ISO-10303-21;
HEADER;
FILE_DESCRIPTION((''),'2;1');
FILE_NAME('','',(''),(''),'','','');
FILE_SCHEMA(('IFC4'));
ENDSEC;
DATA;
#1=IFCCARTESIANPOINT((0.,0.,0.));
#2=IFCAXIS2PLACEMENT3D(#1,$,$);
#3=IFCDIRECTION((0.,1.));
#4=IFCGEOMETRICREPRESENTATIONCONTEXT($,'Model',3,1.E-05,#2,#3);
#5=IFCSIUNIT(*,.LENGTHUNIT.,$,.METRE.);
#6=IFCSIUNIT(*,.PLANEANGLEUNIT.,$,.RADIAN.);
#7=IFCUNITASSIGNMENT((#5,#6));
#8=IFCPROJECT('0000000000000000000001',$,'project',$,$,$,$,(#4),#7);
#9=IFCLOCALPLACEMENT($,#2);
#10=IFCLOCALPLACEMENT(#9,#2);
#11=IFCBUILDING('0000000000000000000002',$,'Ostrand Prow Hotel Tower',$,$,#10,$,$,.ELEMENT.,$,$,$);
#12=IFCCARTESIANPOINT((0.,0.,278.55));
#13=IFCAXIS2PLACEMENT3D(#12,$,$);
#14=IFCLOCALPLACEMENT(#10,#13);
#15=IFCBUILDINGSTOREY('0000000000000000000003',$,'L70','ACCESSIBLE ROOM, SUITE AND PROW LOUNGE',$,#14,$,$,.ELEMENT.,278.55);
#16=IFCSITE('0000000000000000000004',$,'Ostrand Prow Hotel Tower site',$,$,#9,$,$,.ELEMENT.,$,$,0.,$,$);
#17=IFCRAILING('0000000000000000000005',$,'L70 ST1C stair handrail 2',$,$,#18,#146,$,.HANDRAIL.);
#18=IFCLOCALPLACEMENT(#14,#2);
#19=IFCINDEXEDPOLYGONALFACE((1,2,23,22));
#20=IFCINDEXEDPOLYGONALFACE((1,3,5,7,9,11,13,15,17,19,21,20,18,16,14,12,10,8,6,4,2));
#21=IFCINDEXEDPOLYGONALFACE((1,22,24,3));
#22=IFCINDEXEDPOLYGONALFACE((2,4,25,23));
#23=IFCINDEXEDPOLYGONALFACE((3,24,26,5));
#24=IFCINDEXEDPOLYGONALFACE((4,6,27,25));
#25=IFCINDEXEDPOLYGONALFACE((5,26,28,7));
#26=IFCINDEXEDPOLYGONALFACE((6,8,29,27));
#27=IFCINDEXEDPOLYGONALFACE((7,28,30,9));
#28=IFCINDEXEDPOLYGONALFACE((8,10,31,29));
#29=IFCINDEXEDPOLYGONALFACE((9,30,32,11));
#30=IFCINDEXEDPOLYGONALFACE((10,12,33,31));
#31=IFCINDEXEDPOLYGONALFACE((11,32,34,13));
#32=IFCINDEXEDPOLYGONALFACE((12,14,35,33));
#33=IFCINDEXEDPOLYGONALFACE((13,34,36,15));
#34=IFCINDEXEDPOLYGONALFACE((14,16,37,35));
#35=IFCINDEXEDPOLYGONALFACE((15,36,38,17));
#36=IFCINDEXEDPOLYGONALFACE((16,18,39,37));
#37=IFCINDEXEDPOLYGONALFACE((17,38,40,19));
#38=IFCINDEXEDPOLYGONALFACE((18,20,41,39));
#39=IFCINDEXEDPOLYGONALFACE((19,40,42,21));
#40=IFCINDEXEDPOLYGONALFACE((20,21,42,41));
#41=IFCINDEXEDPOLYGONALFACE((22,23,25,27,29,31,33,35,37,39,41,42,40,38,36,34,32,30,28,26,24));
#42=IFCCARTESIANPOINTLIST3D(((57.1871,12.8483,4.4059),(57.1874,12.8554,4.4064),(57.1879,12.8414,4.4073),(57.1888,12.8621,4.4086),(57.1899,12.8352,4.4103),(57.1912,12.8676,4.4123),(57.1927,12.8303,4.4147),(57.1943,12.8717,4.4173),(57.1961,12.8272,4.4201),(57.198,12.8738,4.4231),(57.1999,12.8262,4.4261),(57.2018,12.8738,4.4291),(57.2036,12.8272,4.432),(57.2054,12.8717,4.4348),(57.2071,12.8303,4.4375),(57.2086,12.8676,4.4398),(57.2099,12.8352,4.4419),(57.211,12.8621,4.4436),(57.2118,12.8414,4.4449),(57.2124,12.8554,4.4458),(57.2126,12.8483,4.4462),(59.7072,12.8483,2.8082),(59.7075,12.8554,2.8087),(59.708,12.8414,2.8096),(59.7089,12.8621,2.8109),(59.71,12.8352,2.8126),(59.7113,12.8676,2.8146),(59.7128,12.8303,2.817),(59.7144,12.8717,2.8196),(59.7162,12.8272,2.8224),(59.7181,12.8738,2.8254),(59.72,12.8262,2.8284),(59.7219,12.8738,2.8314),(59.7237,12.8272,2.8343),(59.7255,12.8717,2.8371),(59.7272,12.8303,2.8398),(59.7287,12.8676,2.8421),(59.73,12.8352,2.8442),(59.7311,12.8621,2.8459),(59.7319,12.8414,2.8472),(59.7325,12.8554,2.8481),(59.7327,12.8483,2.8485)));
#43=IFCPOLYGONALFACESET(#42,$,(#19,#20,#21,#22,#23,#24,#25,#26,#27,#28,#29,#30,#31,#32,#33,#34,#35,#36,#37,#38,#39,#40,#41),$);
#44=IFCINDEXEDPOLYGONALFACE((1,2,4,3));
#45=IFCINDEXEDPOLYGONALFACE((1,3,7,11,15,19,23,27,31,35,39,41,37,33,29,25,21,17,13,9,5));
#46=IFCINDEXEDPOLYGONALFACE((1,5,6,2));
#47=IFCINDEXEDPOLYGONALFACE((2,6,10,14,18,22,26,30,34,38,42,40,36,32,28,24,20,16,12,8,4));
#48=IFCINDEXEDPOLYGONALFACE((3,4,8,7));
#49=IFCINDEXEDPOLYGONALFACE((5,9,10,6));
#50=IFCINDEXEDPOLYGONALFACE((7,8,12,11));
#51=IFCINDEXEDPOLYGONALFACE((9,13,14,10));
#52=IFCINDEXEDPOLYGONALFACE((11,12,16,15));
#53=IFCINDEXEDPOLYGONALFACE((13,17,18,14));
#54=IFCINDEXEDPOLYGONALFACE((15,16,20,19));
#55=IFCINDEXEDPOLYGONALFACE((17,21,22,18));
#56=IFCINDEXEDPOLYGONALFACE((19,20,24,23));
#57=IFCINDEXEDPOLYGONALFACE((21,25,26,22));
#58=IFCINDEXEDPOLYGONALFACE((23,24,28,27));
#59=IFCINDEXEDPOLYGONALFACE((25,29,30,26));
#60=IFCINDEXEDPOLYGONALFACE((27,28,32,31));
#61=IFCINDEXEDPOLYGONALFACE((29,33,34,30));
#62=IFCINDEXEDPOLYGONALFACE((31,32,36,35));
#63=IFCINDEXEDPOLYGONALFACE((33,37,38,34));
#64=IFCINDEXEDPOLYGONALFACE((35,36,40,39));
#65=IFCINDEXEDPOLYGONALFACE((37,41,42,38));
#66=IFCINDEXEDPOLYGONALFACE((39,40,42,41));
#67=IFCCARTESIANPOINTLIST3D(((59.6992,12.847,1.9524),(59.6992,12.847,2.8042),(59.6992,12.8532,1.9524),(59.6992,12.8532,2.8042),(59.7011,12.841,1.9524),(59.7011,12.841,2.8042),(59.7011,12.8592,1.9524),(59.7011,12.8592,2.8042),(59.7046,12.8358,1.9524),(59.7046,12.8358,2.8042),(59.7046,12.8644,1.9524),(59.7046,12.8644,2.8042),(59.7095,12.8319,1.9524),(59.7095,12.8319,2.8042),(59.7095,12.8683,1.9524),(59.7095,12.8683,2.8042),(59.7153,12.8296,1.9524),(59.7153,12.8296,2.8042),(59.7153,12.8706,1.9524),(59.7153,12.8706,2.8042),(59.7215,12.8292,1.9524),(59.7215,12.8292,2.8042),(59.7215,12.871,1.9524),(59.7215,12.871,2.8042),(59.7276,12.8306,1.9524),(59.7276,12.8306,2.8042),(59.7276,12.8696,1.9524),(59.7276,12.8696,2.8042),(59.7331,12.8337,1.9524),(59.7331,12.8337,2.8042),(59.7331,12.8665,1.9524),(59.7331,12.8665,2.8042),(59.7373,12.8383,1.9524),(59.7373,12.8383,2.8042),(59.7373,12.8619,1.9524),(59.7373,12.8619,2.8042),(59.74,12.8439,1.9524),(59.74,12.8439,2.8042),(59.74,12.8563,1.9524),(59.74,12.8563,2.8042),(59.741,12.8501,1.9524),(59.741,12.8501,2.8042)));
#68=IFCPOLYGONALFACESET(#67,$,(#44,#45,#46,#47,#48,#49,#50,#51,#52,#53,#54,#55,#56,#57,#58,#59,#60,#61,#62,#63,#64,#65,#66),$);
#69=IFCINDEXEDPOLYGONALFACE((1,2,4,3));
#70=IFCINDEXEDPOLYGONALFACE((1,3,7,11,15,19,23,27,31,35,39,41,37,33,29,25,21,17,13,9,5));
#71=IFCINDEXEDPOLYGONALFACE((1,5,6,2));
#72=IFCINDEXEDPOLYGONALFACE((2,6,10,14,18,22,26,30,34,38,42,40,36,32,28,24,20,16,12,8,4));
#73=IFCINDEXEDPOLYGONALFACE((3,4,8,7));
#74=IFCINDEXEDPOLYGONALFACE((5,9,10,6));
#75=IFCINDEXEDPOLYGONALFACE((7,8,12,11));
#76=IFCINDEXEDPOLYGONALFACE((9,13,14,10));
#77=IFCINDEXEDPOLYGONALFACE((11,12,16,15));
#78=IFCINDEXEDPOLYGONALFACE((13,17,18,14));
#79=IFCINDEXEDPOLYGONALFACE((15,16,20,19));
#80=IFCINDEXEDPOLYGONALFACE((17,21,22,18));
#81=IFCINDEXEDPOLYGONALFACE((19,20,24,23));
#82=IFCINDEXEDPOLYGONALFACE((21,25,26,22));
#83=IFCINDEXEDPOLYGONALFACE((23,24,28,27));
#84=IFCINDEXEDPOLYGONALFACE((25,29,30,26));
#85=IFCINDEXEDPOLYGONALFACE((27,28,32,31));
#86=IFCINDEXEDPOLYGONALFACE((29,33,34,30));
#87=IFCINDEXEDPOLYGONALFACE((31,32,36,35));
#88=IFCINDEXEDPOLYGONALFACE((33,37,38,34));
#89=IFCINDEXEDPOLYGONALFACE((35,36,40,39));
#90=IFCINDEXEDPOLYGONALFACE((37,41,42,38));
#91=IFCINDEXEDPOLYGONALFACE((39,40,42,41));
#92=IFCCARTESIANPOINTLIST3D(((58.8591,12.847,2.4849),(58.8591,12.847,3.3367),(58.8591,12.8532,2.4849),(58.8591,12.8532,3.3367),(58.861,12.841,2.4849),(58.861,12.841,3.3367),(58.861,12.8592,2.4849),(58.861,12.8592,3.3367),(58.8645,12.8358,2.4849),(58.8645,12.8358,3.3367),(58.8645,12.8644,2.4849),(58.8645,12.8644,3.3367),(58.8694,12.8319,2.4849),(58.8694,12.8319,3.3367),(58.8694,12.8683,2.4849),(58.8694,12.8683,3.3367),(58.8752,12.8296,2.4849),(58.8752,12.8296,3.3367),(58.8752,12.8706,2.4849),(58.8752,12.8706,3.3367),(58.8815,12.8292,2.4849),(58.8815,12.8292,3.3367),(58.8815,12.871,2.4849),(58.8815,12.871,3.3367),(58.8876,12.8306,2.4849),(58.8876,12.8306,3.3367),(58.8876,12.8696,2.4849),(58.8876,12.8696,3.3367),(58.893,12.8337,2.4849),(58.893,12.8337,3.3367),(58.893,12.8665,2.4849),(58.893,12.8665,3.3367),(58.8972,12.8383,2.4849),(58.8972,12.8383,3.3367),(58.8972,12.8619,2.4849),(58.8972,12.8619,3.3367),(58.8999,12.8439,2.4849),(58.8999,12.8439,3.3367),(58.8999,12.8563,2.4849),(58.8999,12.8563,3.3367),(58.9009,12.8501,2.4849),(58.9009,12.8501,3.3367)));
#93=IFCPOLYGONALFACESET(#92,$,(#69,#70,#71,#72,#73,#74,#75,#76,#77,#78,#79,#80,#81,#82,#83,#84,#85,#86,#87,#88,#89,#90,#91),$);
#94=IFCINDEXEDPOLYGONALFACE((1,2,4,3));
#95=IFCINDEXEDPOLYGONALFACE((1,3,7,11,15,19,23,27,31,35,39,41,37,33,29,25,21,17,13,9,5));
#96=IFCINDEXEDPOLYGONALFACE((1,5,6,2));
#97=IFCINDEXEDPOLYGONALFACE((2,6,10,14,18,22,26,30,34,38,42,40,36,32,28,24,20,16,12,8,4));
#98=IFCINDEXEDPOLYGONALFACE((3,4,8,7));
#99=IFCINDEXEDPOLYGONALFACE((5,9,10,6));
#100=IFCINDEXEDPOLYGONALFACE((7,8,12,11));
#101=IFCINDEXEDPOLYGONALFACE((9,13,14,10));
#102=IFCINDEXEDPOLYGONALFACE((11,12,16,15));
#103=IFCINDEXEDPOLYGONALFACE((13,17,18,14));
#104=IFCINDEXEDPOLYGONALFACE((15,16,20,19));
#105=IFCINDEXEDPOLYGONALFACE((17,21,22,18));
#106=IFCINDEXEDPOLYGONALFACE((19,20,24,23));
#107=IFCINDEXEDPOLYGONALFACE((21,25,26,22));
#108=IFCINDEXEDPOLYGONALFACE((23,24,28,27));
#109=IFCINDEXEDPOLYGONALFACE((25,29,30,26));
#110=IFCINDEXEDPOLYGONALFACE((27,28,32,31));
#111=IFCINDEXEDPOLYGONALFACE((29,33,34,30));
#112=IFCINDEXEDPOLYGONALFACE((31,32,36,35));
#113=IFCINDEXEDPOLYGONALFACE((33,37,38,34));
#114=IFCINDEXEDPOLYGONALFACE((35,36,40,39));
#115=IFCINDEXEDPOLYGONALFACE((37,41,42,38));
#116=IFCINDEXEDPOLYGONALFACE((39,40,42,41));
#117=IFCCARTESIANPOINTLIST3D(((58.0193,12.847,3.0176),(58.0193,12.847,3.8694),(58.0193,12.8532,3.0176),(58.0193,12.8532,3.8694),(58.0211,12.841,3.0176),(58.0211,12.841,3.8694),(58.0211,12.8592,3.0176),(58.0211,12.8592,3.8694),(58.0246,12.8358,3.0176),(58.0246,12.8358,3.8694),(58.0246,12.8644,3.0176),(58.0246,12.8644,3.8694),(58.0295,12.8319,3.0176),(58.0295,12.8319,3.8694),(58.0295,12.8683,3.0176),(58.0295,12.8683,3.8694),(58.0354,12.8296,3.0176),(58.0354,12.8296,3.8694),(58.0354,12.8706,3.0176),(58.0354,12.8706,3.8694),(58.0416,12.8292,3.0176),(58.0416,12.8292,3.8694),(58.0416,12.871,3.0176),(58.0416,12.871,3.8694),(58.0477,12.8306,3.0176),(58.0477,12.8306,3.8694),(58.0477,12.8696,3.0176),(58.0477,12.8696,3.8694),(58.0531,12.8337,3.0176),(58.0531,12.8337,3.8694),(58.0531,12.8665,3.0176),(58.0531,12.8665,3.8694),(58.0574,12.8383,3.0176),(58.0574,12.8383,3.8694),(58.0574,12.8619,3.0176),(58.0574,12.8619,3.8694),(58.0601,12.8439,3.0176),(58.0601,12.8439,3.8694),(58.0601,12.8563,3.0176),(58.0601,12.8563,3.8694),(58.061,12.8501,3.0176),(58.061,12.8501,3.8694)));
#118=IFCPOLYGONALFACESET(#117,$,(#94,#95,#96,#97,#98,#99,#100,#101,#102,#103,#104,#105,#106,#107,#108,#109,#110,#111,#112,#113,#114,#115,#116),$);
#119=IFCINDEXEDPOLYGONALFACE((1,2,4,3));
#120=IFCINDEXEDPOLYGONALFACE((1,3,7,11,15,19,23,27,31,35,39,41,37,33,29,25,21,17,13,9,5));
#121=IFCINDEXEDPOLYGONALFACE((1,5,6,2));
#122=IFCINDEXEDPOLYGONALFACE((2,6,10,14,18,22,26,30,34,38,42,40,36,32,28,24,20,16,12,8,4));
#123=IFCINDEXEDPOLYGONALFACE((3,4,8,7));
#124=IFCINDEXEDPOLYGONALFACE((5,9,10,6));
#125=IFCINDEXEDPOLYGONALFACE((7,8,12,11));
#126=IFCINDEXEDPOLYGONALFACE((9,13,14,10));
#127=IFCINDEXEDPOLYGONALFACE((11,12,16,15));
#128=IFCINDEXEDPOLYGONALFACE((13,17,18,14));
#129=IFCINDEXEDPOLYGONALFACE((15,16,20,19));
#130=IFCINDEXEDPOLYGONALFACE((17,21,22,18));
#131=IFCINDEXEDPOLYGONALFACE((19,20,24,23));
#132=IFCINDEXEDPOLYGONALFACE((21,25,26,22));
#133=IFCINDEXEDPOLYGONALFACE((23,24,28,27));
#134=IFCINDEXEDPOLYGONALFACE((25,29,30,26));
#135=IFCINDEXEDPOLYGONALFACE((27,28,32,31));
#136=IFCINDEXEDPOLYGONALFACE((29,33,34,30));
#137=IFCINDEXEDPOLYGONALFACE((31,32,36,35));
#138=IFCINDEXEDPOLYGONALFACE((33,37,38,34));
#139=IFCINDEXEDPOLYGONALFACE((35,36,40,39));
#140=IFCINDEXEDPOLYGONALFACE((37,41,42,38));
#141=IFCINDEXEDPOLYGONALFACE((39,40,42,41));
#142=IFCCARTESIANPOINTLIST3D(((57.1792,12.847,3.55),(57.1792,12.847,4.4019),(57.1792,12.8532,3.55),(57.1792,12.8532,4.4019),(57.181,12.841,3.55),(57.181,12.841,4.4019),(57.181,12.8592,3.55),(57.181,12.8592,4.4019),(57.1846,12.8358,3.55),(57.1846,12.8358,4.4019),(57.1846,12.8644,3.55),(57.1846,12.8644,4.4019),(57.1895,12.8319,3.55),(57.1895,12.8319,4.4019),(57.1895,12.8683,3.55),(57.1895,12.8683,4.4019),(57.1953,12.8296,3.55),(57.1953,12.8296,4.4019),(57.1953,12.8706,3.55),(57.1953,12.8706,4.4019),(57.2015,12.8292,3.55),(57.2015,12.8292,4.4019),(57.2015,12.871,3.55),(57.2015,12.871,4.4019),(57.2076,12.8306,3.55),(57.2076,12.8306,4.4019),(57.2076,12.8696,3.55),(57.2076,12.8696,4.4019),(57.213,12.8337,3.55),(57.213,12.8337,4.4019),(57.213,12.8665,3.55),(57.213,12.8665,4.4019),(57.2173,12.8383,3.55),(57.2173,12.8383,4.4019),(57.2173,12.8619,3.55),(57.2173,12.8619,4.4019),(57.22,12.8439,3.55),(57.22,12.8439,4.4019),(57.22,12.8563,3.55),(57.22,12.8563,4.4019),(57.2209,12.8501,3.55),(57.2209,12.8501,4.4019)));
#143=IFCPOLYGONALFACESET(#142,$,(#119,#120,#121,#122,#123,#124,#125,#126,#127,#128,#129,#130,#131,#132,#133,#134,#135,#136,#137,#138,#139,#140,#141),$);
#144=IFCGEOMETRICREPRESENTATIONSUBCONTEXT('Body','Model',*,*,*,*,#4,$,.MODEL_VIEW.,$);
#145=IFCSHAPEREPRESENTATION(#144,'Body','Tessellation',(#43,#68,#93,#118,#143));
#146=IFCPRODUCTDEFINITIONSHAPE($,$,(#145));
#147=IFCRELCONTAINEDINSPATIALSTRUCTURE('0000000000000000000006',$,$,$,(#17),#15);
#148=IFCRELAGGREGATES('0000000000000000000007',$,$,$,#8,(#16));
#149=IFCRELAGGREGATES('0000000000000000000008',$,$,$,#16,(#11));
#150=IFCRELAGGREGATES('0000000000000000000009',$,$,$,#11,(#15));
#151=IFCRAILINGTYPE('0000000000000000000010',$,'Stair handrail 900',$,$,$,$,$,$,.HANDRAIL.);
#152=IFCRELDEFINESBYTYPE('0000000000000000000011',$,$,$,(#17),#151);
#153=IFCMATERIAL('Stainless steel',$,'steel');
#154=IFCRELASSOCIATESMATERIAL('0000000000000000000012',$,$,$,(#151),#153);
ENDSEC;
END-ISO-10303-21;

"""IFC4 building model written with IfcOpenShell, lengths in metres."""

from ifc_helpers import new_model, si_unit, direction, frame, origin, origin_2d, place, context, subcontext, project, spatial, circle, extrude, material, type_object, element, save


model = new_model("IFC4")

# Units and contexts
model_context = context("Model", 3, precision=1e-05, world=origin(), true_north=direction((0.0, 1.0)))
body_context = subcontext(model_context, "Body", "Model", "MODEL_VIEW")
ifc_project = project(units=[si_unit("LENGTHUNIT", "METRE"), si_unit("PLANEANGLEUNIT", "RADIAN")], contexts=[model_context])

# Site, building, storey
site_placement = place(None, origin())
site = spatial("IfcSite", under=ifc_project, at=site_placement, Name="Ostrand Prow Hotel Tower site", CompositionType="ELEMENT", RefElevation=0.0)
building_placement = place(site_placement, origin())
building = spatial("IfcBuilding", under=site, at=building_placement, Name="Ostrand Prow Hotel Tower", CompositionType="ELEMENT")
storey_placement = place(building_placement, frame((0.0, 0.0, 278.55)))
storey = spatial("IfcBuildingStorey", under=building, at=storey_placement, Name="L70", Description="ACCESSIBLE ROOM, SUITE AND PROW LOUNGE", CompositionType="ELEMENT", Elevation=278.55)

# Railing
ifc_material_1 = material(Name="Stainless steel", Category="steel")
railing_type_1 = type_object("IfcRailingType", Name="Stair handrail 900", PredefinedType="HANDRAIL", material=ifc_material_1)
railing_1_placement = place(storey_placement, frame((59.72, 12.8501, 1.9524)))
element("IfcRailing", 1, at=railing_1_placement, inside=storey, type_object=railing_type_1, Name="L70 ST1C stair handrail 2", PredefinedType="HANDRAIL", context=body_context, shape_type="SweptSolid", body=[
    extrude(circle(Radius=0.0239, at=origin_2d()), frame((0.0, 0.0, 0.876), z_axis=(-0.84457, 0.0, 0.535445), x_axis=(0.0, -1.0, 0.0)), (0.0, 0.0, 1.0), 2.9839),
    extrude(circle(Radius=0.021, at=origin_2d()), origin(), (0.0, 0.0, 1.0), 0.8518),
    extrude(circle(Radius=0.021, at=origin_2d()), frame((-0.8401, 0.0, 0.5325)), (0.0, 0.0, 1.0), 0.8518),
    extrude(circle(Radius=0.021, at=origin_2d()), frame((-1.6799, 0.0, 1.0652)), (0.0, 0.0, 1.0), 0.8518),
    extrude(circle(Radius=0.021, at=origin_2d()), frame((-2.52, 0.0, 1.5977)), (0.0, 0.0, 1.0), 0.8518),
])

save(model, "model.ifc")
